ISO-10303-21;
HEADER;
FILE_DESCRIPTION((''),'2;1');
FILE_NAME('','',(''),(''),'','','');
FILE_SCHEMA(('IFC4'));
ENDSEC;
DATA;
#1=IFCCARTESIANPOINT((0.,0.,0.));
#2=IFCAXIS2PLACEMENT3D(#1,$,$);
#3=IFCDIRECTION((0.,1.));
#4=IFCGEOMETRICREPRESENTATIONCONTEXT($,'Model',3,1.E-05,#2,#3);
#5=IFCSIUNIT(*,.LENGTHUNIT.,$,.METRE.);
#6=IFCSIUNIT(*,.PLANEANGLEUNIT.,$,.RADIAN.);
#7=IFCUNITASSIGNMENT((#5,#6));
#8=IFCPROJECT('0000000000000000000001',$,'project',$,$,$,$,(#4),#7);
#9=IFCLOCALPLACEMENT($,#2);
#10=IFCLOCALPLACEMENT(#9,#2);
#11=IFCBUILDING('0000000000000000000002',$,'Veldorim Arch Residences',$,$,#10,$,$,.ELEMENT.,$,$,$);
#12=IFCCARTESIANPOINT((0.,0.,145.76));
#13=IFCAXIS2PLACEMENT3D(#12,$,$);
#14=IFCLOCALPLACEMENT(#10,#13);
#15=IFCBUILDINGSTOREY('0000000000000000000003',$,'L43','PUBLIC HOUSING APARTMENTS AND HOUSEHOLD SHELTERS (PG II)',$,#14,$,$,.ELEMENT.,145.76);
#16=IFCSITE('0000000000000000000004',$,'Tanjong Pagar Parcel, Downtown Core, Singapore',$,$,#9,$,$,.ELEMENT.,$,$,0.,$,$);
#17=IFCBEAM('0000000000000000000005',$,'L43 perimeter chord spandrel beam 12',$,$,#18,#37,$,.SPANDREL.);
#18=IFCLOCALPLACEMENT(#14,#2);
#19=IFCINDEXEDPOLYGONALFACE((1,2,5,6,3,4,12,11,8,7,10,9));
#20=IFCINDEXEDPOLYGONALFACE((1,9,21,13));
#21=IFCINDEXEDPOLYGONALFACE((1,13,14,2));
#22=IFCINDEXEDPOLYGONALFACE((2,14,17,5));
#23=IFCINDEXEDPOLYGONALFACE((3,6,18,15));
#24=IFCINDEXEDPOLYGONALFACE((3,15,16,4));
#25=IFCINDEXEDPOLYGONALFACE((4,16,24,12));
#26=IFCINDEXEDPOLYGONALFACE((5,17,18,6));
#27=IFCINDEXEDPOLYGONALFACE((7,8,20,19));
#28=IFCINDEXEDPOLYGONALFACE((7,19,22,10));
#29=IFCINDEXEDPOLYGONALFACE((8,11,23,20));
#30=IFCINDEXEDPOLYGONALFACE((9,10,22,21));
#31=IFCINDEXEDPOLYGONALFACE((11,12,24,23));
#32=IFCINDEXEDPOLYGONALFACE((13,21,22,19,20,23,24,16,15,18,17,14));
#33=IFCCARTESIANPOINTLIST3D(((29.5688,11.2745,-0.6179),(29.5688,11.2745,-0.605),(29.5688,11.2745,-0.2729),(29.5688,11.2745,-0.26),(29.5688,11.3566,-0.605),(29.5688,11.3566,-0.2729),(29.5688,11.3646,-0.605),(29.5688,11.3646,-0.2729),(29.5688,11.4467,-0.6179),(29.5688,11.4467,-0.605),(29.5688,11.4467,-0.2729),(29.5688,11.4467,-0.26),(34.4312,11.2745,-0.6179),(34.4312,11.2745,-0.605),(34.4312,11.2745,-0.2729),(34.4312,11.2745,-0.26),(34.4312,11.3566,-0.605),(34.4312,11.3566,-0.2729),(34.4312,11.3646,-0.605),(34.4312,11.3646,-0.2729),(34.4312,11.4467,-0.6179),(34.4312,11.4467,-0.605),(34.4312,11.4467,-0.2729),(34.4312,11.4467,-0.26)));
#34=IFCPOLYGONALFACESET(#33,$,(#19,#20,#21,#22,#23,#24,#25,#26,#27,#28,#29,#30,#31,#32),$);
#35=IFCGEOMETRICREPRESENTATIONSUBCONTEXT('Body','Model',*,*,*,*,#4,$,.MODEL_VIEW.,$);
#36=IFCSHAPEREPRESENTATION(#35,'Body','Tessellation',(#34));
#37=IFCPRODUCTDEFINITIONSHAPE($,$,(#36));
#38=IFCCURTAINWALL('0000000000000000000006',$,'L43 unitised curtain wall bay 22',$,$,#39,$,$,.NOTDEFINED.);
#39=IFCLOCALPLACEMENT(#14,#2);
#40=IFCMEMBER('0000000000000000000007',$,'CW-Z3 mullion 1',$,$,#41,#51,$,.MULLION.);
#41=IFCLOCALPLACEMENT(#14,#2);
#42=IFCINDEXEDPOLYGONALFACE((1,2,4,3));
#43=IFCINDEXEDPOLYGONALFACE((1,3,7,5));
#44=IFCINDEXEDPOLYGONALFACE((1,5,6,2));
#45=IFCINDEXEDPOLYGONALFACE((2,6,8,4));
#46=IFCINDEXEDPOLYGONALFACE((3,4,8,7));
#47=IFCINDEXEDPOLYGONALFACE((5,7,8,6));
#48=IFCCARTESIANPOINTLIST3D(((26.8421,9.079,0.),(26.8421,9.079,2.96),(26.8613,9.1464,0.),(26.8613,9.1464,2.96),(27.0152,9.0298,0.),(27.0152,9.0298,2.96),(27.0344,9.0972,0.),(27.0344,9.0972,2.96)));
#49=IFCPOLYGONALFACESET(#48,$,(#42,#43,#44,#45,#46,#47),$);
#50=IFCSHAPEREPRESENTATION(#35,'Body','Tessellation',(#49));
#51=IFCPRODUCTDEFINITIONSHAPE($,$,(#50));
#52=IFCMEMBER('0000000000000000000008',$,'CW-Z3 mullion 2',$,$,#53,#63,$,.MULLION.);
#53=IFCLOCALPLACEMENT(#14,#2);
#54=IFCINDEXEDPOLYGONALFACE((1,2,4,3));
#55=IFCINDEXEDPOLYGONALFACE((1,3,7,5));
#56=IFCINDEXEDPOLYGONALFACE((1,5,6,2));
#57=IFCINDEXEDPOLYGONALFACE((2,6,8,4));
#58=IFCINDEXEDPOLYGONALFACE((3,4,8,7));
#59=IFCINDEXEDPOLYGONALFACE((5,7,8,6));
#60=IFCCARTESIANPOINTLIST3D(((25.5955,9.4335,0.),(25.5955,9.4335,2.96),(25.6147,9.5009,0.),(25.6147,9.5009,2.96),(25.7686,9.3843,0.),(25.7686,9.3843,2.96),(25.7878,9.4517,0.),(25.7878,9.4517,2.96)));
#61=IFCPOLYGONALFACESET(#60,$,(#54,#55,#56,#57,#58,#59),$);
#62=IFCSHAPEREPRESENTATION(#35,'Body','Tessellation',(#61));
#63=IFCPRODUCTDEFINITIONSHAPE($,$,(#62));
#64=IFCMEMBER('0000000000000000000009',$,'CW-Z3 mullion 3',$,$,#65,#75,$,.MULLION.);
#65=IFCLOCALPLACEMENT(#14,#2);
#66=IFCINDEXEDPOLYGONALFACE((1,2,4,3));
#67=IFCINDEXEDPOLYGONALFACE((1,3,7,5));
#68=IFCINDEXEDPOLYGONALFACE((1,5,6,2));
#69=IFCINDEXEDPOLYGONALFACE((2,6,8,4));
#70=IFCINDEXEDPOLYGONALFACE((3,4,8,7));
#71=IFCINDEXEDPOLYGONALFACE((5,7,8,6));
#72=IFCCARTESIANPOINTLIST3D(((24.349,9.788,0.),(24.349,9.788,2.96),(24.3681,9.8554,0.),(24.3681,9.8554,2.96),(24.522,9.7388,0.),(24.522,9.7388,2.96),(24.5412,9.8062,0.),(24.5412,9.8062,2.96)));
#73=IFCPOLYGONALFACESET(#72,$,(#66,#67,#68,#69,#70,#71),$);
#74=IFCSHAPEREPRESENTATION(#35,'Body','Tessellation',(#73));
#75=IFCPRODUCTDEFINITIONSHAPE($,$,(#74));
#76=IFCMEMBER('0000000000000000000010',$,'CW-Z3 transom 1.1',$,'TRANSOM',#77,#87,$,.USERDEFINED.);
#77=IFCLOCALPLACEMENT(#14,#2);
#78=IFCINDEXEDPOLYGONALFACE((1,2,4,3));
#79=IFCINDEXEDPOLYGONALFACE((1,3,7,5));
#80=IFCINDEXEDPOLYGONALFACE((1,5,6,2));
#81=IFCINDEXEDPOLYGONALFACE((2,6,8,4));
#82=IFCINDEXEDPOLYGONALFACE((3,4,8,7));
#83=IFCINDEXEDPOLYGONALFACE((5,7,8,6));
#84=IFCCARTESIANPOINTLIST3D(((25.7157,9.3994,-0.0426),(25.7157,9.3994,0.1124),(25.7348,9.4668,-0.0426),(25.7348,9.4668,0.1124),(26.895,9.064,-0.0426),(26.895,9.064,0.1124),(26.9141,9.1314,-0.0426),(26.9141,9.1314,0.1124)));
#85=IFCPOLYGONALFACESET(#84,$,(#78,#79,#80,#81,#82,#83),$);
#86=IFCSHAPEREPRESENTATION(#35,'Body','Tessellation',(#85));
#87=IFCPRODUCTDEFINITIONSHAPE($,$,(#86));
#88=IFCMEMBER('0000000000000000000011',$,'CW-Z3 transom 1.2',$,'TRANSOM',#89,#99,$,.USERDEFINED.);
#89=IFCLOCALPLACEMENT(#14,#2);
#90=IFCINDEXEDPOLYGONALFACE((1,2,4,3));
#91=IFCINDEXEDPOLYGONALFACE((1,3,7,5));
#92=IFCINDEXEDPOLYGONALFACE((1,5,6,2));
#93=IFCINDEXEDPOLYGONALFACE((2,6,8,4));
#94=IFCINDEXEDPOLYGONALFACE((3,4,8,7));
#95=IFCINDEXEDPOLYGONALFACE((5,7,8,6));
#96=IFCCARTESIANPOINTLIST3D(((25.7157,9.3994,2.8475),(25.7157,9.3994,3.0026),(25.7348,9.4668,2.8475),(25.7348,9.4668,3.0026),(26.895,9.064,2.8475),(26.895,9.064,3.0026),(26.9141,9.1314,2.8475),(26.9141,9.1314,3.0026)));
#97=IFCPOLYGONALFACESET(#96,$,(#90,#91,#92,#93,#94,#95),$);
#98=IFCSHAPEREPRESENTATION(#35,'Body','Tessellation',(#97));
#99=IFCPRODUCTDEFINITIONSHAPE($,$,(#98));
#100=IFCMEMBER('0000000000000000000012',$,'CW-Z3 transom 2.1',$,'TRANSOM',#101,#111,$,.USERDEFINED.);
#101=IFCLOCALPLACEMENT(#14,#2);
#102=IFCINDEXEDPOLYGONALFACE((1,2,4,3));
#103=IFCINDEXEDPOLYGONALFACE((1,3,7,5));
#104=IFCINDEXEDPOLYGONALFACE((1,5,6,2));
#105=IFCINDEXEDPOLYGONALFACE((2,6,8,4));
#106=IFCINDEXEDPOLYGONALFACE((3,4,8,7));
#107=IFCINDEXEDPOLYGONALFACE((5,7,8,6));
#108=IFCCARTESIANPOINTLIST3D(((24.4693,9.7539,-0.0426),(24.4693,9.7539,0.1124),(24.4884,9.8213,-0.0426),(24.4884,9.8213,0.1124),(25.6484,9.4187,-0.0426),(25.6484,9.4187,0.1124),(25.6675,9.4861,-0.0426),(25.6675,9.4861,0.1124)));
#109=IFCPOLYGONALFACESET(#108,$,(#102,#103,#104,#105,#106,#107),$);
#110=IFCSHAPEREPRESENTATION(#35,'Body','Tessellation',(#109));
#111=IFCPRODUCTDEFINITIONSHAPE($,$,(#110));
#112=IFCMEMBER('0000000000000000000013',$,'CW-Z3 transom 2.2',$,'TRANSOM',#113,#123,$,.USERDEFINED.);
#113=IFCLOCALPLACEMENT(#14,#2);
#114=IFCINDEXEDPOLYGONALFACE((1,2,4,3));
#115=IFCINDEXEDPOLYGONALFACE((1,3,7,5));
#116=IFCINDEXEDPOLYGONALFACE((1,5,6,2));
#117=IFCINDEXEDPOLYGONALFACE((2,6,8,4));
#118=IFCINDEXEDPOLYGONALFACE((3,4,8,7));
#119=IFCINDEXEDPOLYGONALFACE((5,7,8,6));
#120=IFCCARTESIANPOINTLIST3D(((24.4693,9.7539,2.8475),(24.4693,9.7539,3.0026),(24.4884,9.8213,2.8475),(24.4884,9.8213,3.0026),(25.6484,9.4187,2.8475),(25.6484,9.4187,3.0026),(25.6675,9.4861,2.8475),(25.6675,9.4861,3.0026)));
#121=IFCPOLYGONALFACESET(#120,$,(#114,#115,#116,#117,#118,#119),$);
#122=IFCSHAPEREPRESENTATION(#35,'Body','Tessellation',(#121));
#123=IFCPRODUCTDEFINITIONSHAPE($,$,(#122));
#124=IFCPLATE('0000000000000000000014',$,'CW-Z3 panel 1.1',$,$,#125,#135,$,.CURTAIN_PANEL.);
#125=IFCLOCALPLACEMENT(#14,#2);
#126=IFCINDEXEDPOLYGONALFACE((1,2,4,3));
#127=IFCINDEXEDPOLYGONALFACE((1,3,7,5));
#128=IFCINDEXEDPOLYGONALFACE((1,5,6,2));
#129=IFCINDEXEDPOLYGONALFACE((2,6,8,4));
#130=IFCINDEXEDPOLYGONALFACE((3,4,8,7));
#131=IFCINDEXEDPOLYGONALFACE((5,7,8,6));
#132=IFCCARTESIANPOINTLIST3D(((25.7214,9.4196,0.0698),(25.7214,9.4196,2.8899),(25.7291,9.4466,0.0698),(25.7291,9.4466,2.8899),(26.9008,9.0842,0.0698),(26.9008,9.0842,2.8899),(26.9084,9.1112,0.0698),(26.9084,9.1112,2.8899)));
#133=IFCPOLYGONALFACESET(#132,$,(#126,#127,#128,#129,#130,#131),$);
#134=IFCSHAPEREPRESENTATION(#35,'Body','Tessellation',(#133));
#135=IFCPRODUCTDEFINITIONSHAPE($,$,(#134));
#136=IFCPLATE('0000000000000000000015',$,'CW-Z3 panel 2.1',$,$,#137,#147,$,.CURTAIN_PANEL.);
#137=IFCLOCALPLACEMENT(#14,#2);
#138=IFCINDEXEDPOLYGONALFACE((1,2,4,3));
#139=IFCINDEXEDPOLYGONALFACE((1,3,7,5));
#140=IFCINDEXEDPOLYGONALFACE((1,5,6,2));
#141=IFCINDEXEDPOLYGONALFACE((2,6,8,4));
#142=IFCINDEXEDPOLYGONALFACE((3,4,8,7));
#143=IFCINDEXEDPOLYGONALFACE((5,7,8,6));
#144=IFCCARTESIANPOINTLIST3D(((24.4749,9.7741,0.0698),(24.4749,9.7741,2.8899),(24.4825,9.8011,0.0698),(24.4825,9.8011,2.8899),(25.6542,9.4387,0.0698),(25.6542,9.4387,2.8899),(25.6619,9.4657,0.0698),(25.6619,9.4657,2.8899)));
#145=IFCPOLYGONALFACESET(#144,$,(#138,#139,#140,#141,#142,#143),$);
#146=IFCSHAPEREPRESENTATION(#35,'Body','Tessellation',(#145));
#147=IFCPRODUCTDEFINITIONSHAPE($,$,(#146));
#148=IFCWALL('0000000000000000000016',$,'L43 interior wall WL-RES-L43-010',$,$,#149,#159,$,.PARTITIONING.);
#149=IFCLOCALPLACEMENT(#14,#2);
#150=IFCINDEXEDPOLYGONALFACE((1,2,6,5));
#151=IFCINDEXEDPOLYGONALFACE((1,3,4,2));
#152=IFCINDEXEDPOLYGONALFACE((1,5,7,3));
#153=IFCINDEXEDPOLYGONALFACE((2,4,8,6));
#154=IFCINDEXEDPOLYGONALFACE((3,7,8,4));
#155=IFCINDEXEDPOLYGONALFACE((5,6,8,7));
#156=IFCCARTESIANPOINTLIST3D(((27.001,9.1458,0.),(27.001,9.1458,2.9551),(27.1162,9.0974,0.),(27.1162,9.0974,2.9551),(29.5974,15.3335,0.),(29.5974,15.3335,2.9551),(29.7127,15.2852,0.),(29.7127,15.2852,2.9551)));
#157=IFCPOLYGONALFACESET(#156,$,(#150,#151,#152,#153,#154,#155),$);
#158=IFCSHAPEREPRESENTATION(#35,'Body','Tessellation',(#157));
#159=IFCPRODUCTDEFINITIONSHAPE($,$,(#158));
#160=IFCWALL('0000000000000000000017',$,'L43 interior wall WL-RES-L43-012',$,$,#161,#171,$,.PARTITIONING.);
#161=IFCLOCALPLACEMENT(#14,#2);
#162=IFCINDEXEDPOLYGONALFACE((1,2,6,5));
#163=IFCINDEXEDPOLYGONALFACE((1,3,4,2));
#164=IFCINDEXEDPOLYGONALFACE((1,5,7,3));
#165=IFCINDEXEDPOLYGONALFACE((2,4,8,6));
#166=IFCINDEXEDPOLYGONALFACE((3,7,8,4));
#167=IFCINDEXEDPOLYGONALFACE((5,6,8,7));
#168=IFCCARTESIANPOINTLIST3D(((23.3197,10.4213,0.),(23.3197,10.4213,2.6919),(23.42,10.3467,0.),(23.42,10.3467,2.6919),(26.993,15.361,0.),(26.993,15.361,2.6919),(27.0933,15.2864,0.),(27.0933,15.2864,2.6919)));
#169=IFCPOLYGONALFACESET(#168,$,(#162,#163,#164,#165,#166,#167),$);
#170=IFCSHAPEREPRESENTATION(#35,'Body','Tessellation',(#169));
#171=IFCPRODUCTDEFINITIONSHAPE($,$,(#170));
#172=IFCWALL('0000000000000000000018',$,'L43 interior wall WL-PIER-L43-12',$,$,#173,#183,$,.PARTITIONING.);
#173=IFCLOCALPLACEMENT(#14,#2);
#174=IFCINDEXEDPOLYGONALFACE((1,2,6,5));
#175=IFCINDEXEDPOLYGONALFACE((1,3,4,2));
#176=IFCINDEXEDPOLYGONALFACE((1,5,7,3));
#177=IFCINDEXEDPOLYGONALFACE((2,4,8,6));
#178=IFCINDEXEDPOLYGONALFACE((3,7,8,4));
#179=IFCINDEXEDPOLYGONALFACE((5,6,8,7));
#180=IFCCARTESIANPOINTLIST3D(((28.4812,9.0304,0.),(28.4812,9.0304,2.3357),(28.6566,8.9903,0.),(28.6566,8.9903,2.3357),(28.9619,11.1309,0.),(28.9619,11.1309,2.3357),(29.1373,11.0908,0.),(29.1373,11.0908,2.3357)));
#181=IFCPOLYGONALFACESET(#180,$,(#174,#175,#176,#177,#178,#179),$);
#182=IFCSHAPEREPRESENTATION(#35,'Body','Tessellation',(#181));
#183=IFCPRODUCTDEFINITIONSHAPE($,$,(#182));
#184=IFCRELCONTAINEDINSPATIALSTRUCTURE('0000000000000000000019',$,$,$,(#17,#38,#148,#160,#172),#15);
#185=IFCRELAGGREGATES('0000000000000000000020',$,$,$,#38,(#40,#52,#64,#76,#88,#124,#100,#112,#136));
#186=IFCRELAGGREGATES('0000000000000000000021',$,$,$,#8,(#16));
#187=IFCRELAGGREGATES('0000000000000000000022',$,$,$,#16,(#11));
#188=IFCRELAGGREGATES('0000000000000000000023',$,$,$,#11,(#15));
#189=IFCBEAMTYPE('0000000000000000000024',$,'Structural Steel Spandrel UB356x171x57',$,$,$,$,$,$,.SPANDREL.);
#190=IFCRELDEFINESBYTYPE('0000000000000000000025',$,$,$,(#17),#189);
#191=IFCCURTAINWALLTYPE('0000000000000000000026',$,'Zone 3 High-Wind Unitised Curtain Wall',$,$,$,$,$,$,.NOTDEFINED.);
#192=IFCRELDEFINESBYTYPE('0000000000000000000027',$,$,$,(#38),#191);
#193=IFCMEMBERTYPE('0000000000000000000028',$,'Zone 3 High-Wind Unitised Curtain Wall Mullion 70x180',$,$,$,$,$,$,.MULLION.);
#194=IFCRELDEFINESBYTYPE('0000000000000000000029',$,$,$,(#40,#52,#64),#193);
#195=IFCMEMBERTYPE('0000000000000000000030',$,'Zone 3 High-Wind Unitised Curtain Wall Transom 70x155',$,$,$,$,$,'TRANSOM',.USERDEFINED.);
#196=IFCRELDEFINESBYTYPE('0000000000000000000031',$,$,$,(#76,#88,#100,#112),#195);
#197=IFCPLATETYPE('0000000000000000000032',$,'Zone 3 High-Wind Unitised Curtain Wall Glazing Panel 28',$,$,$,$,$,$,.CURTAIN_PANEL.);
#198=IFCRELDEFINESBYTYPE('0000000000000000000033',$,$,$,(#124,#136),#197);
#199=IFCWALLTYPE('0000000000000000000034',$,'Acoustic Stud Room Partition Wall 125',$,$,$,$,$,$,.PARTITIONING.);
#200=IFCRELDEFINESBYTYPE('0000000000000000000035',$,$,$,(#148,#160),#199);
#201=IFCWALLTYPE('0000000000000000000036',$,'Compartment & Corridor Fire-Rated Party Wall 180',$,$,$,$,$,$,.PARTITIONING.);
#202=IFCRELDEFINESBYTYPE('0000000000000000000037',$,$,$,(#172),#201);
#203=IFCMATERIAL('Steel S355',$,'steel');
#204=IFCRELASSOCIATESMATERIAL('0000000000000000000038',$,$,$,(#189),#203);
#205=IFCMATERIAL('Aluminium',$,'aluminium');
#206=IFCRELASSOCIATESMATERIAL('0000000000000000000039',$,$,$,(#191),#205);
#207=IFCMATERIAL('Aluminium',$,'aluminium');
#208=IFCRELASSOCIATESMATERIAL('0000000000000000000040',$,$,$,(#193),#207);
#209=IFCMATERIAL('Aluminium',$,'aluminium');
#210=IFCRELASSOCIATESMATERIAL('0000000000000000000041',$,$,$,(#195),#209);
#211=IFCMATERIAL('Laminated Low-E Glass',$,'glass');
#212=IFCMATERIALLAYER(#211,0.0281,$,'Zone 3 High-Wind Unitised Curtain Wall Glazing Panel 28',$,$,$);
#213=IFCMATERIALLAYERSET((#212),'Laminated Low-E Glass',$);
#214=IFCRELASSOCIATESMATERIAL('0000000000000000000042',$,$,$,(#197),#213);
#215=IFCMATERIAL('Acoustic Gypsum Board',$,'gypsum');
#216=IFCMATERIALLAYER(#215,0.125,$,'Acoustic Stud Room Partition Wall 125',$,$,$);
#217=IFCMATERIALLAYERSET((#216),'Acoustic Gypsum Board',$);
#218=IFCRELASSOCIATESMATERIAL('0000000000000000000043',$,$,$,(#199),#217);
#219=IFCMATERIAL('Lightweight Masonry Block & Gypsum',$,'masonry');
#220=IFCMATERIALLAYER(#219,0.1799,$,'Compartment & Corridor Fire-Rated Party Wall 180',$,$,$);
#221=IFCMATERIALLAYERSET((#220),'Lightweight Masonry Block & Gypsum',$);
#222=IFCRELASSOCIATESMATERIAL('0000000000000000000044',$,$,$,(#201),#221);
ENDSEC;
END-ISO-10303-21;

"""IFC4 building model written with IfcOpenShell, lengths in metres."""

from ifc_helpers import new_model, si_unit, direction, frame, frame_2d, origin, origin_2d, place, context, subcontext, project, spatial, rectangle, i_section, extrude, material, layer, layer_set, material_profile, profile_set, type_object, element, aggregate, save


model = new_model("IFC4")

# Units and contexts
model_context = context("Model", 3, precision=1e-05, world=origin(), true_north=direction((0.0, 1.0)))
body_context = subcontext(model_context, "Body", "Model", "MODEL_VIEW")
ifc_project = project(units=[si_unit("LENGTHUNIT", "METRE"), si_unit("PLANEANGLEUNIT", "RADIAN")], contexts=[model_context])

# Site, building, storey
site_placement = place(None, origin())
site = spatial("IfcSite", under=ifc_project, at=site_placement, Name="Tanjong Pagar Parcel, Downtown Core, Singapore", CompositionType="ELEMENT", RefElevation=0.0)
building_placement = place(site_placement, origin())
building = spatial("IfcBuilding", under=site, at=building_placement, Name="Veldorim Arch Residences", CompositionType="ELEMENT")
storey_placement = place(building_placement, frame((0.0, 0.0, 145.76)))
storey = spatial("IfcBuildingStorey", under=building, at=storey_placement, Name="L43", Description="PUBLIC HOUSING APARTMENTS AND HOUSEHOLD SHELTERS (PG II)", CompositionType="ELEMENT", Elevation=145.76)

# Beam
ifc_material_1 = material(Name="Steel S355", Category="steel")
ifc_material_profile_1 = material_profile(ifc_material_1, i_section(OverallWidth=0.1721, OverallDepth=0.3579, WebThickness=0.0081, FlangeThickness=0.0129, at=origin_2d()), Name="UB356x171x57")
ifc_profile_set_1 = profile_set([ifc_material_profile_1], Name="Steel S355")
beam_type = type_object("IfcBeamType", Name="Structural Steel Spandrel UB356x171x57", PredefinedType="SPANDREL", material=ifc_profile_set_1)
beam_placement = place(storey_placement, frame((29.5688, 11.3606, -0.439), z_axis=(1.0, 0.0, 0.0), x_axis=(0.0, 1.0, 0.0)))
element("IfcBeam", 1, at=beam_placement, inside=storey, type_object=beam_type, Name="L43 perimeter chord spandrel beam 12", PredefinedType="SPANDREL", context=body_context, shape_type="SweptSolid", body=[
    extrude(i_section(OverallWidth=0.1721, OverallDepth=0.3579, WebThickness=0.0081, FlangeThickness=0.0129, at=origin_2d()), origin(), (0.0, 0.0, 1.0), 4.8623),
])

# Curtain wall, members, plates
ifc_material_2 = material(Name="Aluminium", Category="aluminium")
curtain_wall_type = type_object("IfcCurtainWallType", Name="Zone 3 High-Wind Unitised Curtain Wall", PredefinedType="NOTDEFINED", material=ifc_material_2)
curtain_wall_placement = place(storey_placement, origin())
curtain_wall = element("IfcCurtainWall", 2, at=curtain_wall_placement, inside=storey, type_object=curtain_wall_type, Name="L43 unitised curtain wall bay 22", PredefinedType="NOTDEFINED")
ifc_material_3 = material(Name="Aluminium", Category="aluminium")
ifc_material_profile_2 = material_profile(ifc_material_3, rectangle(XDim=0.0701, YDim=0.1799, at=origin_2d()), Name="ALU_MUL_70x180")
ifc_profile_set_2 = profile_set([ifc_material_profile_2], Name="Aluminium")
member_type_1 = type_object("IfcMemberType", Name="Zone 3 High-Wind Unitised Curtain Wall Mullion 70x180", PredefinedType="MULLION", material=ifc_profile_set_2)
member_1_placement = place(storey_placement, frame((26.9382, 9.0881, 0.0), z_axis=(0.0, 0.0, 1.0), x_axis=(-0.27355, -0.961858, 0.0)))
member_1 = element("IfcMember", 3, at=member_1_placement, type_object=member_type_1, Name="CW-Z3 mullion 1", PredefinedType="MULLION", context=body_context, shape_type="SweptSolid", body=[
    extrude(rectangle(XDim=0.0701, YDim=0.1799, at=origin_2d()), origin(), (0.0, 0.0, 1.0), 2.96),
])
member_2_placement = place(storey_placement, frame((25.6917, 9.4426, 0.0), z_axis=(0.0, 0.0, 1.0), x_axis=(-0.27355, -0.961858, 0.0)))
member_2 = element("IfcMember", 4, at=member_2_placement, type_object=member_type_1, Name="CW-Z3 mullion 2", PredefinedType="MULLION", context=body_context, shape_type="SweptSolid", body=[
    extrude(rectangle(XDim=0.0701, YDim=0.1799, at=origin_2d()), origin(), (0.0, 0.0, 1.0), 2.96),
])
member_3_placement = place(storey_placement, frame((24.4451, 9.7971, 0.0), z_axis=(0.0, 0.0, 1.0), x_axis=(-0.27355, -0.961858, 0.0)))
member_3 = element("IfcMember", 5, at=member_3_placement, type_object=member_type_1, Name="CW-Z3 mullion 3", PredefinedType="MULLION", context=body_context, shape_type="SweptSolid", body=[
    extrude(rectangle(XDim=0.0701, YDim=0.1799, at=origin_2d()), origin(), (0.0, 0.0, 1.0), 2.96),
])
ifc_material_4 = material(Name="Aluminium", Category="aluminium")
ifc_material_profile_3 = material_profile(ifc_material_4, rectangle(XDim=0.0701, YDim=0.155, at=origin_2d()), Name="ALU_TRN_70x155")
ifc_profile_set_3 = profile_set([ifc_material_profile_3], Name="Aluminium")
member_type_2 = type_object("IfcMemberType", Name="Zone 3 High-Wind Unitised Curtain Wall Transom 70x155", ElementType="TRANSOM", PredefinedType="USERDEFINED", material=ifc_profile_set_3)
member_4_placement = place(storey_placement, frame((26.9045, 9.0977, 0.0349), z_axis=(-0.961839, 0.273616, 0.0), x_axis=(-0.273616, -0.961839, 0.0)))
member_4 = element("IfcMember", 6, at=member_4_placement, type_object=member_type_2, Name="CW-Z3 transom 1.1", ObjectType="TRANSOM", PredefinedType="USERDEFINED", context=body_context, shape_type="SweptSolid", body=[
    extrude(rectangle(XDim=0.0701, YDim=0.155, at=origin_2d()), origin(), (0.0, 0.0, 1.0), 1.2261),
])
member_5_placement = place(storey_placement, frame((26.9045, 9.0977, 2.925), z_axis=(-0.961839, 0.273616, 0.0), x_axis=(-0.273616, -0.961839, 0.0)))
member_5 = element("IfcMember", 7, at=member_5_placement, type_object=member_type_2, Name="CW-Z3 transom 1.2", ObjectType="TRANSOM", PredefinedType="USERDEFINED", context=body_context, shape_type="SweptSolid", body=[
    extrude(rectangle(XDim=0.0701, YDim=0.155, at=origin_2d()), origin(), (0.0, 0.0, 1.0), 1.2261),
])
member_6_placement = place(storey_placement, frame((25.658, 9.4524, 0.0349), z_axis=(-0.961891, 0.273432, 0.0), x_axis=(-0.273432, -0.961891, 0.0)))
member_6 = element("IfcMember", 8, at=member_6_placement, type_object=member_type_2, Name="CW-Z3 transom 2.1", ObjectType="TRANSOM", PredefinedType="USERDEFINED", context=body_context, shape_type="SweptSolid", body=[
    extrude(rectangle(XDim=0.0701, YDim=0.155, at=origin_2d()), origin(), (0.0, 0.0, 1.0), 1.2258),
])
member_7_placement = place(storey_placement, frame((25.658, 9.4524, 2.925), z_axis=(-0.961891, 0.273432, 0.0), x_axis=(-0.273432, -0.961891, 0.0)))
member_7 = element("IfcMember", 9, at=member_7_placement, type_object=member_type_2, Name="CW-Z3 transom 2.2", ObjectType="TRANSOM", PredefinedType="USERDEFINED", context=body_context, shape_type="SweptSolid", body=[
    extrude(rectangle(XDim=0.0701, YDim=0.155, at=origin_2d()), origin(), (0.0, 0.0, 1.0), 1.2258),
])
ifc_material_5 = material(Name="Laminated Low-E Glass", Category="glass")
ifc_layer_1 = layer(ifc_material_5, 0.0281, Name="Zone 3 High-Wind Unitised Curtain Wall Glazing Panel 28")
ifc_layer_set_1 = layer_set([ifc_layer_1], Name="Laminated Low-E Glass")
plate_type = type_object("IfcPlateType", Name="Zone 3 High-Wind Unitised Curtain Wall Glazing Panel 28", PredefinedType="CURTAIN_PANEL", material=ifc_layer_set_1)
plate_1_placement = place(storey_placement, frame((26.3149, 9.2654, 0.0698), z_axis=(0.0, 0.0, 1.0), x_axis=(-0.961858, 0.27355, 0.0)))
plate_1 = element("IfcPlate", 10, at=plate_1_placement, type_object=plate_type, Name="CW-Z3 panel 1.1", PredefinedType="CURTAIN_PANEL", context=body_context, shape_type="SweptSolid", body=[
    extrude(rectangle(XDim=1.2261, YDim=0.0281, at=origin_2d()), origin(), (0.0, 0.0, 1.0), 2.8201),
])
plate_2_placement = place(storey_placement, frame((25.0684, 9.6199, 0.0698), z_axis=(0.0, 0.0, 1.0), x_axis=(-0.961858, 0.27355, 0.0)))
plate_2 = element("IfcPlate", 11, at=plate_2_placement, type_object=plate_type, Name="CW-Z3 panel 2.1", PredefinedType="CURTAIN_PANEL", context=body_context, shape_type="SweptSolid", body=[
    extrude(rectangle(XDim=1.2261, YDim=0.0281, at=origin_2d()), origin(), (0.0, 0.0, 1.0), 2.8201),
])
aggregate(curtain_wall, [member_1, member_2, member_3, member_4, member_5, plate_1, member_6, member_7, plate_2])

# Walls
ifc_material_6 = material(Name="Acoustic Gypsum Board", Category="gypsum")
ifc_layer_2 = layer(ifc_material_6, 0.125, Name="Acoustic Stud Room Partition Wall 125")
ifc_layer_set_2 = layer_set([ifc_layer_2], Name="Acoustic Gypsum Board")
wall_type_1 = type_object("IfcWallType", Name="Acoustic Stud Room Partition Wall 125", PredefinedType="PARTITIONING", material=ifc_layer_set_2)
wall_1_placement = place(storey_placement, frame((27.0586, 9.1216, 0.0), z_axis=(0.0, 0.0, 1.0), x_axis=(0.386926, 0.922111, 0.0)))
element("IfcWall", 12, at=wall_1_placement, inside=storey, type_object=wall_type_1, Name="L43 interior wall WL-RES-L43-010", PredefinedType="PARTITIONING", context=body_context, shape_type="SweptSolid", body=[
    extrude(rectangle(XDim=6.7104, YDim=0.125, at=frame_2d((3.3552, 0.0))), origin(), (0.0, 0.0, 1.0), 2.9551),
])
wall_2_placement = place(storey_placement, frame((23.3699, 10.384, 0.0), z_axis=(0.0, 0.0, 1.0), x_axis=(0.596727, 0.802444, 0.0)))
element("IfcWall", 13, at=wall_2_placement, inside=storey, type_object=wall_type_1, Name="L43 interior wall WL-RES-L43-012", PredefinedType="PARTITIONING", context=body_context, shape_type="SweptSolid", body=[
    extrude(rectangle(XDim=6.1558, YDim=0.125, at=frame_2d((3.0779, 0.0))), origin(), (0.0, 0.0, 1.0), 2.6919),
])
ifc_material_7 = material(Name="Lightweight Masonry Block & Gypsum", Category="masonry")
ifc_layer_3 = layer(ifc_material_7, 0.1799, Name="Compartment & Corridor Fire-Rated Party Wall 180")
ifc_layer_set_3 = layer_set([ifc_layer_3], Name="Lightweight Masonry Block & Gypsum")
wall_type_2 = type_object("IfcWallType", Name="Compartment & Corridor Fire-Rated Party Wall 180", PredefinedType="PARTITIONING", material=ifc_layer_set_3)
wall_3_placement = place(storey_placement, frame((29.0496, 11.1108, 0.0), z_axis=(0.0, 0.0, 1.0), x_axis=(-0.22308, -0.9748, 0.0)))
element("IfcWall", 14, at=wall_3_placement, inside=storey, type_object=wall_type_2, Name="L43 interior wall WL-PIER-L43-12", PredefinedType="PARTITIONING", context=body_context, shape_type="SweptSolid", body=[
    extrude(rectangle(XDim=2.1548, YDim=0.1799, at=frame_2d((1.0774, 0.0))), origin(), (0.0, 0.0, 1.0), 2.3357),
])

save(model, "model.ifc")
